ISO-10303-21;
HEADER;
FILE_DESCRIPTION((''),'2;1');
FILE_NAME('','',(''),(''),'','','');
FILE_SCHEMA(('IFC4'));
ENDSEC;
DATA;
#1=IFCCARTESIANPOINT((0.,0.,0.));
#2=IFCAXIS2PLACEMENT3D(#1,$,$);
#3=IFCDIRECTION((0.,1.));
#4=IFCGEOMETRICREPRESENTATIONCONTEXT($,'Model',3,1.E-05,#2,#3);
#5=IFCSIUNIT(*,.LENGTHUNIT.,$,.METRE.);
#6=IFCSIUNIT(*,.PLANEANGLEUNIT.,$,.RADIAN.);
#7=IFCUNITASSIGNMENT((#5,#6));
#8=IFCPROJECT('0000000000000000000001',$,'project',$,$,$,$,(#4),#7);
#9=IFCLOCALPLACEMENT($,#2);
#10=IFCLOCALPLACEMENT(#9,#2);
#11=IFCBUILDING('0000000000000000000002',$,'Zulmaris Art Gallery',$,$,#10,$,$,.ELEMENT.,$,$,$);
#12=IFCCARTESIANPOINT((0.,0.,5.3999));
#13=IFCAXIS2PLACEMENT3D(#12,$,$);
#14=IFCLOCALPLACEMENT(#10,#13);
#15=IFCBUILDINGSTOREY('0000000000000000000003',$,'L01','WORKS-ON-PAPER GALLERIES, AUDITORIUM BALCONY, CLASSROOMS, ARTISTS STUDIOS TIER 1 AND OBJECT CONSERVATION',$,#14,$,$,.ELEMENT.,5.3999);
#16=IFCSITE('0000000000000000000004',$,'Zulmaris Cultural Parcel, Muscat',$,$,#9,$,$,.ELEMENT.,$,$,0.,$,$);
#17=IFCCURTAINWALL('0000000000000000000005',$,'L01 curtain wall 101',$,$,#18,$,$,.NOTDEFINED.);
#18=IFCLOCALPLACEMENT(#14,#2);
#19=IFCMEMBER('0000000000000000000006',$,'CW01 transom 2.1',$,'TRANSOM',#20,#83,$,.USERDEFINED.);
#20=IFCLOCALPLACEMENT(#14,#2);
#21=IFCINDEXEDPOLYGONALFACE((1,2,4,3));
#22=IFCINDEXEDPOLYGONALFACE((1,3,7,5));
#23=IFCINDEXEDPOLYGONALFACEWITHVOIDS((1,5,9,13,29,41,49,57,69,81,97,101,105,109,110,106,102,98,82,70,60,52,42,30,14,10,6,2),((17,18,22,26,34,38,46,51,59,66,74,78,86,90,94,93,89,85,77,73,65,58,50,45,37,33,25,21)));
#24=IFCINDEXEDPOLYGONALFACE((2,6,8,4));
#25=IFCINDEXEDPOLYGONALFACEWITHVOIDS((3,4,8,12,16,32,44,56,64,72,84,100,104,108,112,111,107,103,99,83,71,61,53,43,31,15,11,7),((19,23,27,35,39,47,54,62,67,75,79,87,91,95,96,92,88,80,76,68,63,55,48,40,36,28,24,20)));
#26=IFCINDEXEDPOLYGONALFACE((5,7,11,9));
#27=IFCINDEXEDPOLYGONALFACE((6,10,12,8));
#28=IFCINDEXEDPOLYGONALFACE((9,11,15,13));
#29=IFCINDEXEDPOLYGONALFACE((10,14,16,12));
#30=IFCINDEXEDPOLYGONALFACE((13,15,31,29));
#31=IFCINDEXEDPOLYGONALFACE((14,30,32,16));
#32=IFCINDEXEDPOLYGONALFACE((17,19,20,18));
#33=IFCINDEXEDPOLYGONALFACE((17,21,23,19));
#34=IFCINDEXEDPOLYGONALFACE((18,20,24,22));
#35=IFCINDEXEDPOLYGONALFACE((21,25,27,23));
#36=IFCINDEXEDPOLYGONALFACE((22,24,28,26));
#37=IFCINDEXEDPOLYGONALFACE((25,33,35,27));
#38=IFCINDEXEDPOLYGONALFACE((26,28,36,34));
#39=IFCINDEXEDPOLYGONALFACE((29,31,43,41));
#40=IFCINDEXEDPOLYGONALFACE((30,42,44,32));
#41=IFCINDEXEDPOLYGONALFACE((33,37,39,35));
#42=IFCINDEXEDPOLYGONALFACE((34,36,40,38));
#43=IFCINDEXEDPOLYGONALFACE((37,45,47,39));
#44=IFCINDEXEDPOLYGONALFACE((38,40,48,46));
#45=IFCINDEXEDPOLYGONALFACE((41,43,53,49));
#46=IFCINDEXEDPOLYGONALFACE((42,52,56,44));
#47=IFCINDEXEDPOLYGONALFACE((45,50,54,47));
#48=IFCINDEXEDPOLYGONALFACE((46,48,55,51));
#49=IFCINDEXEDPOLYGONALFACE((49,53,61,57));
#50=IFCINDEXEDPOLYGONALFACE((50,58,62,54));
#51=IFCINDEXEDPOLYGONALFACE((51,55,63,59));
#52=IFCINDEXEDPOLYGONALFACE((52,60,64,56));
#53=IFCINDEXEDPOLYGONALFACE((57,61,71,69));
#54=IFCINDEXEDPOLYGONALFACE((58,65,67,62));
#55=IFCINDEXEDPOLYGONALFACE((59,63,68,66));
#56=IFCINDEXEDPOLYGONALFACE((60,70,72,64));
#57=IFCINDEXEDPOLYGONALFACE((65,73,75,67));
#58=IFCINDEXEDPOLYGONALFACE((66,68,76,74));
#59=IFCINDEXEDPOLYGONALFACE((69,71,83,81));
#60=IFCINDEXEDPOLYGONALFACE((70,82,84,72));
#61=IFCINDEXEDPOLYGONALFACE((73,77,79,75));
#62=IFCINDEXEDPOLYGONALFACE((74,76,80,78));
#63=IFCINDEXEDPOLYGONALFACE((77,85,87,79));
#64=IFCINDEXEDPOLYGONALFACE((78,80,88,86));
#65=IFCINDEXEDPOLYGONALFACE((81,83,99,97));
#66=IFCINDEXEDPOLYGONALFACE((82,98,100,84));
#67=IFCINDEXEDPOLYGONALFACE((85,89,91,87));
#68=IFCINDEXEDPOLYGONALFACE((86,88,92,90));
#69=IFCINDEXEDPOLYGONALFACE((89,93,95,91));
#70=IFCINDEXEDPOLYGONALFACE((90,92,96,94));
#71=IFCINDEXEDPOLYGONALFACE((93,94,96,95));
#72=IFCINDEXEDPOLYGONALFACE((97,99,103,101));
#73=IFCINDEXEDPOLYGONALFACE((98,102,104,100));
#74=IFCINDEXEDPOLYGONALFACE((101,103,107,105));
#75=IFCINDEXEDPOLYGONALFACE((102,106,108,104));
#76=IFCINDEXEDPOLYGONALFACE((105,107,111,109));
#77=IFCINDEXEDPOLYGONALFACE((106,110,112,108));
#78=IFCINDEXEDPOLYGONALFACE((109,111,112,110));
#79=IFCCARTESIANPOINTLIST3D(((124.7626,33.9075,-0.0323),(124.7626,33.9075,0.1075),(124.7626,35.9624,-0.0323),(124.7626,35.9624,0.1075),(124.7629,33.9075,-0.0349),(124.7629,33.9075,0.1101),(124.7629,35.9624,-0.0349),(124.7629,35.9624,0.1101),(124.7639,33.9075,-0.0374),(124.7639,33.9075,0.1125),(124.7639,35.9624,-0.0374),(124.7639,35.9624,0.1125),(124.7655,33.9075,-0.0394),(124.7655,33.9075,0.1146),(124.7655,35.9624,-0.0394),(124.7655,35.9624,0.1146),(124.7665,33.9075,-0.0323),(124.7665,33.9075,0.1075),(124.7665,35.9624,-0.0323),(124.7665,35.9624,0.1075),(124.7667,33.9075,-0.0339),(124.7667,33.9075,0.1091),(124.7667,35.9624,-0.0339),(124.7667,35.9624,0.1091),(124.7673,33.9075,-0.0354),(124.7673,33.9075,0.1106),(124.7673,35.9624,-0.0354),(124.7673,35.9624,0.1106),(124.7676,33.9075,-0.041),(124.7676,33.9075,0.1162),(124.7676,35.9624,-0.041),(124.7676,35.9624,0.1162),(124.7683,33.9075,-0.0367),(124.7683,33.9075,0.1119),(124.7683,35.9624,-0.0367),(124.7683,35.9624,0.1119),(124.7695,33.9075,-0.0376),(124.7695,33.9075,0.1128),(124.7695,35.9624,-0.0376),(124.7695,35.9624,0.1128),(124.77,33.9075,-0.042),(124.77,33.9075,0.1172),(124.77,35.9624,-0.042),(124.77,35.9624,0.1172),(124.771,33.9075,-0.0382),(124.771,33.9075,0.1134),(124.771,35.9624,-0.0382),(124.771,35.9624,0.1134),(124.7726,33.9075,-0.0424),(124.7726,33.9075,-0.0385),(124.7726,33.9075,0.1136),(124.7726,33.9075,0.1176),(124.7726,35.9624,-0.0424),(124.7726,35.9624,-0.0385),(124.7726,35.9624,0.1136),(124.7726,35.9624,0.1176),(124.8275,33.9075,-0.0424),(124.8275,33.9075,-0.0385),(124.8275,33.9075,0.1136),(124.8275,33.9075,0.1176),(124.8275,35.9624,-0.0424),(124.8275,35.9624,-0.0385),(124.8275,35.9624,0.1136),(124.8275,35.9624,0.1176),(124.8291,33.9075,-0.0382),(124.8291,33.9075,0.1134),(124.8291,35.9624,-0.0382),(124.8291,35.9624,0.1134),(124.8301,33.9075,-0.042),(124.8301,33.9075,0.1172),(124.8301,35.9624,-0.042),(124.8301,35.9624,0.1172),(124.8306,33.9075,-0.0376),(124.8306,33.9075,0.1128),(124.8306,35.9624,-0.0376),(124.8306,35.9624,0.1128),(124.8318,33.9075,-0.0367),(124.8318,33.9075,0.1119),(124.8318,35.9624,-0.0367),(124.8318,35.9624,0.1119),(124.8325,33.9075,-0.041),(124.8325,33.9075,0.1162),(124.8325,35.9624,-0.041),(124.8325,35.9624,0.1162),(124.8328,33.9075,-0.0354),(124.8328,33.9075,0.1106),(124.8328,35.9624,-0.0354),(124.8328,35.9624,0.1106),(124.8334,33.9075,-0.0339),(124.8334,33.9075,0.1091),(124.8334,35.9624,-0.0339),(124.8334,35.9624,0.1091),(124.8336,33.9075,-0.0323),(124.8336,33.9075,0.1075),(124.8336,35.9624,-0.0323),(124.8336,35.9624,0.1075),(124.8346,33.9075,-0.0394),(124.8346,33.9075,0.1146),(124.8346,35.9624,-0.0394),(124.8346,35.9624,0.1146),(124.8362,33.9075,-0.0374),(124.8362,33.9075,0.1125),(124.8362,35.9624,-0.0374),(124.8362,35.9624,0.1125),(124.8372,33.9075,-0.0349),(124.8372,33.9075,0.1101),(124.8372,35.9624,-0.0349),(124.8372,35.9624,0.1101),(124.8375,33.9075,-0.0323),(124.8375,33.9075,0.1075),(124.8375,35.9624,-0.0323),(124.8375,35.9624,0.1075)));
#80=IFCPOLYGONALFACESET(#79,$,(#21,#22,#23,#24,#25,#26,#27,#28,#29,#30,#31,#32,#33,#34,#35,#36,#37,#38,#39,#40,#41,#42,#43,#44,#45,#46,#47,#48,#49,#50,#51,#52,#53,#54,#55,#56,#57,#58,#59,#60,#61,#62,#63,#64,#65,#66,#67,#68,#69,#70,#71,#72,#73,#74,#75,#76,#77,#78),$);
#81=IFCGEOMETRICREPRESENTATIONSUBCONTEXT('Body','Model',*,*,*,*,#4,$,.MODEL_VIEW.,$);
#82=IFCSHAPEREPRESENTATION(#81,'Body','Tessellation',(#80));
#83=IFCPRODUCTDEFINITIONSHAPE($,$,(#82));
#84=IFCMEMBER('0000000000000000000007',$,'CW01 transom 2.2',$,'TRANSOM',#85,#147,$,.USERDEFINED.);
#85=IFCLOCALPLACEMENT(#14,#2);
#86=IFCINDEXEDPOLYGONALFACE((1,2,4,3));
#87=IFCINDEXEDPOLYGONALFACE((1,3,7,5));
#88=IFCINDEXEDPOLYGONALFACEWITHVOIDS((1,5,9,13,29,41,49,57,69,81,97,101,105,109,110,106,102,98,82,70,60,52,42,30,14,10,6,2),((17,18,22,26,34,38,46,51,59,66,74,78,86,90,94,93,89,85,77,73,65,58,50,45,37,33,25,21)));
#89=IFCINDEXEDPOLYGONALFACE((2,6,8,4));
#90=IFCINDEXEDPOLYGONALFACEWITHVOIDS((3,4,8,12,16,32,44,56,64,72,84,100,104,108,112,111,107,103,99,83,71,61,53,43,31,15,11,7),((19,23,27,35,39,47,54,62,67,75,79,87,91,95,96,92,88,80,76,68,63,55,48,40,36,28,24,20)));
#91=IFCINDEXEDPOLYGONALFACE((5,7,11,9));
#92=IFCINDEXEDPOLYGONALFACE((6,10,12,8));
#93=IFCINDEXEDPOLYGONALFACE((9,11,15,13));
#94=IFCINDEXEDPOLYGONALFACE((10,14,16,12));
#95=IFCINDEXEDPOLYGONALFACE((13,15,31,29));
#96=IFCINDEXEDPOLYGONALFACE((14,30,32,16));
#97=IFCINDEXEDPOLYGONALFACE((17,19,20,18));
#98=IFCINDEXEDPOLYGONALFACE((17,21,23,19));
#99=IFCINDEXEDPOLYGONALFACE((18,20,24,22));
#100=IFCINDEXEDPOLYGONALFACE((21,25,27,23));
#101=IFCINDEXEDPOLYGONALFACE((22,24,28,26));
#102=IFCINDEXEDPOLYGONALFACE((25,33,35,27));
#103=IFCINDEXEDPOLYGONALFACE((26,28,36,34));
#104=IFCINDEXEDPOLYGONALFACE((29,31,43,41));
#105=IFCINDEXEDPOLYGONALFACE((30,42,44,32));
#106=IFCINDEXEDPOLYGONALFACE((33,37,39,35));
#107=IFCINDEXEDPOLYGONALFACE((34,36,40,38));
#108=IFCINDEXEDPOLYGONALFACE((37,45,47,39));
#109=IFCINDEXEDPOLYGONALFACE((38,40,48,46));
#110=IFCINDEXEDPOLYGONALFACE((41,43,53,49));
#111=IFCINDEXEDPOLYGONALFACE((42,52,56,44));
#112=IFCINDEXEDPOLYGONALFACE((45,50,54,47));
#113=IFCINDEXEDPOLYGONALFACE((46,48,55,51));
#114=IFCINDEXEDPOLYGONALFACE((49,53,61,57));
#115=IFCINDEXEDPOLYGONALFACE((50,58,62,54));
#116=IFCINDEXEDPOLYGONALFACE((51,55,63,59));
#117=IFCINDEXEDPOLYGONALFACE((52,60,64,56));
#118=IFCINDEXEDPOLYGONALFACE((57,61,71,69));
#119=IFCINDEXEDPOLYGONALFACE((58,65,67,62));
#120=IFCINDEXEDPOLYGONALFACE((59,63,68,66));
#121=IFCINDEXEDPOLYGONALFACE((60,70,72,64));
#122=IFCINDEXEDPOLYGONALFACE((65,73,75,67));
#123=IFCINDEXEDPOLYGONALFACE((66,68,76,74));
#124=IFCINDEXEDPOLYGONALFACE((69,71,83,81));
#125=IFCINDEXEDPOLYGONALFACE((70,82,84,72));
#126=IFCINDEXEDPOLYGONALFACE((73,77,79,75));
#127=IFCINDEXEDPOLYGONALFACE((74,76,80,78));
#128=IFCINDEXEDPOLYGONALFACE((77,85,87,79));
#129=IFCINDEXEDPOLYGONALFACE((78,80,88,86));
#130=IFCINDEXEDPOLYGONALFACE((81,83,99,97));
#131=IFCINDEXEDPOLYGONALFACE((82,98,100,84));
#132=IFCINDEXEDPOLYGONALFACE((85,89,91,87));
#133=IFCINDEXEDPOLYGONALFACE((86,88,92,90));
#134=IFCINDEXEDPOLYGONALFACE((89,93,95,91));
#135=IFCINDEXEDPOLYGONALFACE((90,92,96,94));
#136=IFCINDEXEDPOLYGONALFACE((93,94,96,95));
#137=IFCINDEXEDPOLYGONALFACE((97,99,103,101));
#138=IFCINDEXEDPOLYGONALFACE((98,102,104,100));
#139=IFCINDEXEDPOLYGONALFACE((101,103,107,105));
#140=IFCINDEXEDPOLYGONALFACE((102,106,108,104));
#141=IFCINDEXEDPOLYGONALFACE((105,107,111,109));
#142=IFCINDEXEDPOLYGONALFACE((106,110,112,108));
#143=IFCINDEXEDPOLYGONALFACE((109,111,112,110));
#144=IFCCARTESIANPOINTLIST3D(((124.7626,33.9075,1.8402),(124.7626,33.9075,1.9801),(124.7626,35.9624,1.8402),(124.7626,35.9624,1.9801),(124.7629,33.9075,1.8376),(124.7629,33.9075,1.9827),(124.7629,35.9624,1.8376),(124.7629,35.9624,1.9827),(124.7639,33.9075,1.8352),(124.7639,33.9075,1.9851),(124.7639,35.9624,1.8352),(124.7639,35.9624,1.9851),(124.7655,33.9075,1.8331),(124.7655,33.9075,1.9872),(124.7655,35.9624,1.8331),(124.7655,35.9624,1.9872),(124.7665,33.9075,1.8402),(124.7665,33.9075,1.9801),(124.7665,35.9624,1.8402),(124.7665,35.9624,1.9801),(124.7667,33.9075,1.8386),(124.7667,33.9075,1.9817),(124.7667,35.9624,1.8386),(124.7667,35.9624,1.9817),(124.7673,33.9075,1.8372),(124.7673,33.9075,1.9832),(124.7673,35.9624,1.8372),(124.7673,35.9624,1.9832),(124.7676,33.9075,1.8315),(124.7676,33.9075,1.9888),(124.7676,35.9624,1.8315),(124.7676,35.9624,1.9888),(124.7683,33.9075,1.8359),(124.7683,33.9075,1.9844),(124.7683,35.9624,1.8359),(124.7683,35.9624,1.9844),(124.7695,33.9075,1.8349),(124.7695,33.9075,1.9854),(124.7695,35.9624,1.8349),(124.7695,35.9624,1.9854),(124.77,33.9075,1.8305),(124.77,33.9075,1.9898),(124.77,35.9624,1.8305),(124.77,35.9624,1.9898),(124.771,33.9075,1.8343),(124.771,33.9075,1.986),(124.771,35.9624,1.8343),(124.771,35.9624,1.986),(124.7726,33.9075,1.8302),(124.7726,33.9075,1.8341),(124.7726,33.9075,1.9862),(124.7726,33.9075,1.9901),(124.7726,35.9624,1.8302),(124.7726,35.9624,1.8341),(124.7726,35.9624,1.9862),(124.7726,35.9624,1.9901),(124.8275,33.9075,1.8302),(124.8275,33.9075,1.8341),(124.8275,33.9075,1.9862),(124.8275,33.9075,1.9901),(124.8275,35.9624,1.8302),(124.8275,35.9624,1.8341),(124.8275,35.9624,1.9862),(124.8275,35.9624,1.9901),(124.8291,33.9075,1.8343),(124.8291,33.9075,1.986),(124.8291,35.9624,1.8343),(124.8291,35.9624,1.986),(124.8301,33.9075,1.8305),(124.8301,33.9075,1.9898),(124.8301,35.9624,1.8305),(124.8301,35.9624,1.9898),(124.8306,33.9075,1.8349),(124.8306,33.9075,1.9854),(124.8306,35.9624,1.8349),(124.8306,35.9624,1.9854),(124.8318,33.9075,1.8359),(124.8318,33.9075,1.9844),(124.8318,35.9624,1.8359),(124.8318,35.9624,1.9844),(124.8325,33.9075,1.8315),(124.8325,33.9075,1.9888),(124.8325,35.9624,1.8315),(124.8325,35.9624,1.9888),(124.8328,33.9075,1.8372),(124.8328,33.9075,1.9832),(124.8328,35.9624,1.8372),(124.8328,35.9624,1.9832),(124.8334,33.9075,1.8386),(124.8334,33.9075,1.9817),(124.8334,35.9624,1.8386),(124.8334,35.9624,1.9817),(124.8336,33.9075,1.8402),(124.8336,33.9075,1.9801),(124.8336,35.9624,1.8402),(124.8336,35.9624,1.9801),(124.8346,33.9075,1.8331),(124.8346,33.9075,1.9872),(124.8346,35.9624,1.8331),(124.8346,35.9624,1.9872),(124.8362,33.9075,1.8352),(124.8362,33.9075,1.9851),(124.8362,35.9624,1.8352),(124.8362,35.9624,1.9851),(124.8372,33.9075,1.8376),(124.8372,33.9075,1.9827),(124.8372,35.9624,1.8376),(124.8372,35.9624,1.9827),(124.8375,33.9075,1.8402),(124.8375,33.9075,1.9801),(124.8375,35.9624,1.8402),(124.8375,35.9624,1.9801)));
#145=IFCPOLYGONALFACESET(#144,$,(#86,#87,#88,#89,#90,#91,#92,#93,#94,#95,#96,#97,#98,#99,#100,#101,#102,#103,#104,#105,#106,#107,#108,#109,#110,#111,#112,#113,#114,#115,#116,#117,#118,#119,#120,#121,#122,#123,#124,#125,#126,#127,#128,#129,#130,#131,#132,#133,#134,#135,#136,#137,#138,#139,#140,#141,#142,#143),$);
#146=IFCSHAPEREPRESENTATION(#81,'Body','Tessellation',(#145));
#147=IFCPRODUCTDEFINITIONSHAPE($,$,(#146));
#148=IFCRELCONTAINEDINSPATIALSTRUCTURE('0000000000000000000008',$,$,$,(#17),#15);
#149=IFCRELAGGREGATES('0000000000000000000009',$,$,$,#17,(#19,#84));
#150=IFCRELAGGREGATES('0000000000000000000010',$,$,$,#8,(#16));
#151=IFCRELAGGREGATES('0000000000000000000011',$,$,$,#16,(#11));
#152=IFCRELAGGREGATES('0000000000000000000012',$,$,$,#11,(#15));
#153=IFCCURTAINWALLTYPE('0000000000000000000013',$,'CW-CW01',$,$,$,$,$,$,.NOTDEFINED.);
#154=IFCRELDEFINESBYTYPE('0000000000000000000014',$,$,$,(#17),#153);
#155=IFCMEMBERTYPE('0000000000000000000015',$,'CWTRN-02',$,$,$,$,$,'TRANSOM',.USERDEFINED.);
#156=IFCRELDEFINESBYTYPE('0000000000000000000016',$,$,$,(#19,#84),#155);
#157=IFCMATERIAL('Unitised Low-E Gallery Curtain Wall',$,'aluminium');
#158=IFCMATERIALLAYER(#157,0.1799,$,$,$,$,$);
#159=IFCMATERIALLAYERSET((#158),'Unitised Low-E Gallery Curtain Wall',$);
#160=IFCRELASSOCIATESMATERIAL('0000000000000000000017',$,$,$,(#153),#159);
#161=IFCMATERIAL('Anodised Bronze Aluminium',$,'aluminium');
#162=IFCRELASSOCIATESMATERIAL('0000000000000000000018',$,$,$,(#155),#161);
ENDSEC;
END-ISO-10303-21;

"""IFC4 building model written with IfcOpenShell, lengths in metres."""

from ifc_helpers import new_model, si_unit, direction, frame, origin, origin_2d, place, context, subcontext, project, spatial, hollow_rectangle, extrude, material, layer, layer_set, material_profile, profile_set, type_object, element, aggregate, save


model = new_model("IFC4")

# Units and contexts
model_context = context("Model", 3, precision=1e-05, world=origin(), true_north=direction((0.0, 1.0)))
body_context = subcontext(model_context, "Body", "Model", "MODEL_VIEW")
ifc_project = project(units=[si_unit("LENGTHUNIT", "METRE"), si_unit("PLANEANGLEUNIT", "RADIAN")], contexts=[model_context])

# Site, building, storey
site_placement = place(None, origin())
site = spatial("IfcSite", under=ifc_project, at=site_placement, Name="Zulmaris Cultural Parcel, Muscat", CompositionType="ELEMENT", RefElevation=0.0)
building_placement = place(site_placement, origin())
building = spatial("IfcBuilding", under=site, at=building_placement, Name="Zulmaris Art Gallery", CompositionType="ELEMENT")
storey_placement = place(building_placement, frame((0.0, 0.0, 5.3999)))
storey = spatial("IfcBuildingStorey", under=building, at=storey_placement, Name="L01", Description="WORKS-ON-PAPER GALLERIES, AUDITORIUM BALCONY, CLASSROOMS, ARTISTS STUDIOS TIER 1 AND OBJECT CONSERVATION", CompositionType="ELEMENT", Elevation=5.3999)

# Curtain wall, members
ifc_material_1 = material(Name="Unitised Low-E Gallery Curtain Wall", Category="aluminium")
ifc_layer_1 = layer(ifc_material_1, 0.1799)
ifc_layer_set_1 = layer_set([ifc_layer_1], Name="Unitised Low-E Gallery Curtain Wall")
curtain_wall_type = type_object("IfcCurtainWallType", Name="CW-CW01", PredefinedType="NOTDEFINED", material=ifc_layer_set_1)
curtain_wall_placement = place(storey_placement, origin())
curtain_wall = element("IfcCurtainWall", 1, at=curtain_wall_placement, inside=storey, type_object=curtain_wall_type, Name="L01 curtain wall 101", PredefinedType="NOTDEFINED")
ifc_material_2 = material(Name="Anodised Bronze Aluminium", Category="aluminium")
ifc_material_profile_1 = material_profile(ifc_material_2, hollow_rectangle(XDim=0.075, YDim=0.1599, WallThickness=0.0039, InnerFilletRadius=0.0061, OuterFilletRadius=0.01, at=origin_2d()), Name="ALU 75x160x4")
ifc_profile_set_1 = profile_set([ifc_material_profile_1], Name="Anodised Bronze Aluminium")
member_type_1 = type_object("IfcMemberType", Name="CWTRN-02", ElementType="TRANSOM", PredefinedType="USERDEFINED", material=ifc_profile_set_1)
member_1_placement = place(storey_placement, frame((124.8, 33.9075, 0.0376), z_axis=(0.0, 1.0, 0.0), x_axis=(-1.0, 0.0, 0.0)))
member_1 = element("IfcMember", 2, at=member_1_placement, type_object=member_type_1, Name="CW01 transom 2.1", ObjectType="TRANSOM", PredefinedType="USERDEFINED", context=body_context, shape_type="SweptSolid", body=[
    extrude(hollow_rectangle(XDim=0.075, YDim=0.1599, WallThickness=0.0039, InnerFilletRadius=0.0061, OuterFilletRadius=0.01, at=origin_2d()), origin(), (0.0, 0.0, 1.0), 2.0549),
])
member_2_placement = place(storey_placement, frame((124.8, 33.9075, 1.9102), z_axis=(0.0, 1.0, 0.0), x_axis=(-1.0, 0.0, 0.0)))
member_2 = element("IfcMember", 3, at=member_2_placement, type_object=member_type_1, Name="CW01 transom 2.2", ObjectType="TRANSOM", PredefinedType="USERDEFINED", context=body_context, shape_type="SweptSolid", body=[
    extrude(hollow_rectangle(XDim=0.075, YDim=0.1599, WallThickness=0.0039, InnerFilletRadius=0.0061, OuterFilletRadius=0.01, at=origin_2d()), origin(), (0.0, 0.0, 1.0), 2.0549),
])
aggregate(curtain_wall, [member_1, member_2])

save(model, "model.ifc")
